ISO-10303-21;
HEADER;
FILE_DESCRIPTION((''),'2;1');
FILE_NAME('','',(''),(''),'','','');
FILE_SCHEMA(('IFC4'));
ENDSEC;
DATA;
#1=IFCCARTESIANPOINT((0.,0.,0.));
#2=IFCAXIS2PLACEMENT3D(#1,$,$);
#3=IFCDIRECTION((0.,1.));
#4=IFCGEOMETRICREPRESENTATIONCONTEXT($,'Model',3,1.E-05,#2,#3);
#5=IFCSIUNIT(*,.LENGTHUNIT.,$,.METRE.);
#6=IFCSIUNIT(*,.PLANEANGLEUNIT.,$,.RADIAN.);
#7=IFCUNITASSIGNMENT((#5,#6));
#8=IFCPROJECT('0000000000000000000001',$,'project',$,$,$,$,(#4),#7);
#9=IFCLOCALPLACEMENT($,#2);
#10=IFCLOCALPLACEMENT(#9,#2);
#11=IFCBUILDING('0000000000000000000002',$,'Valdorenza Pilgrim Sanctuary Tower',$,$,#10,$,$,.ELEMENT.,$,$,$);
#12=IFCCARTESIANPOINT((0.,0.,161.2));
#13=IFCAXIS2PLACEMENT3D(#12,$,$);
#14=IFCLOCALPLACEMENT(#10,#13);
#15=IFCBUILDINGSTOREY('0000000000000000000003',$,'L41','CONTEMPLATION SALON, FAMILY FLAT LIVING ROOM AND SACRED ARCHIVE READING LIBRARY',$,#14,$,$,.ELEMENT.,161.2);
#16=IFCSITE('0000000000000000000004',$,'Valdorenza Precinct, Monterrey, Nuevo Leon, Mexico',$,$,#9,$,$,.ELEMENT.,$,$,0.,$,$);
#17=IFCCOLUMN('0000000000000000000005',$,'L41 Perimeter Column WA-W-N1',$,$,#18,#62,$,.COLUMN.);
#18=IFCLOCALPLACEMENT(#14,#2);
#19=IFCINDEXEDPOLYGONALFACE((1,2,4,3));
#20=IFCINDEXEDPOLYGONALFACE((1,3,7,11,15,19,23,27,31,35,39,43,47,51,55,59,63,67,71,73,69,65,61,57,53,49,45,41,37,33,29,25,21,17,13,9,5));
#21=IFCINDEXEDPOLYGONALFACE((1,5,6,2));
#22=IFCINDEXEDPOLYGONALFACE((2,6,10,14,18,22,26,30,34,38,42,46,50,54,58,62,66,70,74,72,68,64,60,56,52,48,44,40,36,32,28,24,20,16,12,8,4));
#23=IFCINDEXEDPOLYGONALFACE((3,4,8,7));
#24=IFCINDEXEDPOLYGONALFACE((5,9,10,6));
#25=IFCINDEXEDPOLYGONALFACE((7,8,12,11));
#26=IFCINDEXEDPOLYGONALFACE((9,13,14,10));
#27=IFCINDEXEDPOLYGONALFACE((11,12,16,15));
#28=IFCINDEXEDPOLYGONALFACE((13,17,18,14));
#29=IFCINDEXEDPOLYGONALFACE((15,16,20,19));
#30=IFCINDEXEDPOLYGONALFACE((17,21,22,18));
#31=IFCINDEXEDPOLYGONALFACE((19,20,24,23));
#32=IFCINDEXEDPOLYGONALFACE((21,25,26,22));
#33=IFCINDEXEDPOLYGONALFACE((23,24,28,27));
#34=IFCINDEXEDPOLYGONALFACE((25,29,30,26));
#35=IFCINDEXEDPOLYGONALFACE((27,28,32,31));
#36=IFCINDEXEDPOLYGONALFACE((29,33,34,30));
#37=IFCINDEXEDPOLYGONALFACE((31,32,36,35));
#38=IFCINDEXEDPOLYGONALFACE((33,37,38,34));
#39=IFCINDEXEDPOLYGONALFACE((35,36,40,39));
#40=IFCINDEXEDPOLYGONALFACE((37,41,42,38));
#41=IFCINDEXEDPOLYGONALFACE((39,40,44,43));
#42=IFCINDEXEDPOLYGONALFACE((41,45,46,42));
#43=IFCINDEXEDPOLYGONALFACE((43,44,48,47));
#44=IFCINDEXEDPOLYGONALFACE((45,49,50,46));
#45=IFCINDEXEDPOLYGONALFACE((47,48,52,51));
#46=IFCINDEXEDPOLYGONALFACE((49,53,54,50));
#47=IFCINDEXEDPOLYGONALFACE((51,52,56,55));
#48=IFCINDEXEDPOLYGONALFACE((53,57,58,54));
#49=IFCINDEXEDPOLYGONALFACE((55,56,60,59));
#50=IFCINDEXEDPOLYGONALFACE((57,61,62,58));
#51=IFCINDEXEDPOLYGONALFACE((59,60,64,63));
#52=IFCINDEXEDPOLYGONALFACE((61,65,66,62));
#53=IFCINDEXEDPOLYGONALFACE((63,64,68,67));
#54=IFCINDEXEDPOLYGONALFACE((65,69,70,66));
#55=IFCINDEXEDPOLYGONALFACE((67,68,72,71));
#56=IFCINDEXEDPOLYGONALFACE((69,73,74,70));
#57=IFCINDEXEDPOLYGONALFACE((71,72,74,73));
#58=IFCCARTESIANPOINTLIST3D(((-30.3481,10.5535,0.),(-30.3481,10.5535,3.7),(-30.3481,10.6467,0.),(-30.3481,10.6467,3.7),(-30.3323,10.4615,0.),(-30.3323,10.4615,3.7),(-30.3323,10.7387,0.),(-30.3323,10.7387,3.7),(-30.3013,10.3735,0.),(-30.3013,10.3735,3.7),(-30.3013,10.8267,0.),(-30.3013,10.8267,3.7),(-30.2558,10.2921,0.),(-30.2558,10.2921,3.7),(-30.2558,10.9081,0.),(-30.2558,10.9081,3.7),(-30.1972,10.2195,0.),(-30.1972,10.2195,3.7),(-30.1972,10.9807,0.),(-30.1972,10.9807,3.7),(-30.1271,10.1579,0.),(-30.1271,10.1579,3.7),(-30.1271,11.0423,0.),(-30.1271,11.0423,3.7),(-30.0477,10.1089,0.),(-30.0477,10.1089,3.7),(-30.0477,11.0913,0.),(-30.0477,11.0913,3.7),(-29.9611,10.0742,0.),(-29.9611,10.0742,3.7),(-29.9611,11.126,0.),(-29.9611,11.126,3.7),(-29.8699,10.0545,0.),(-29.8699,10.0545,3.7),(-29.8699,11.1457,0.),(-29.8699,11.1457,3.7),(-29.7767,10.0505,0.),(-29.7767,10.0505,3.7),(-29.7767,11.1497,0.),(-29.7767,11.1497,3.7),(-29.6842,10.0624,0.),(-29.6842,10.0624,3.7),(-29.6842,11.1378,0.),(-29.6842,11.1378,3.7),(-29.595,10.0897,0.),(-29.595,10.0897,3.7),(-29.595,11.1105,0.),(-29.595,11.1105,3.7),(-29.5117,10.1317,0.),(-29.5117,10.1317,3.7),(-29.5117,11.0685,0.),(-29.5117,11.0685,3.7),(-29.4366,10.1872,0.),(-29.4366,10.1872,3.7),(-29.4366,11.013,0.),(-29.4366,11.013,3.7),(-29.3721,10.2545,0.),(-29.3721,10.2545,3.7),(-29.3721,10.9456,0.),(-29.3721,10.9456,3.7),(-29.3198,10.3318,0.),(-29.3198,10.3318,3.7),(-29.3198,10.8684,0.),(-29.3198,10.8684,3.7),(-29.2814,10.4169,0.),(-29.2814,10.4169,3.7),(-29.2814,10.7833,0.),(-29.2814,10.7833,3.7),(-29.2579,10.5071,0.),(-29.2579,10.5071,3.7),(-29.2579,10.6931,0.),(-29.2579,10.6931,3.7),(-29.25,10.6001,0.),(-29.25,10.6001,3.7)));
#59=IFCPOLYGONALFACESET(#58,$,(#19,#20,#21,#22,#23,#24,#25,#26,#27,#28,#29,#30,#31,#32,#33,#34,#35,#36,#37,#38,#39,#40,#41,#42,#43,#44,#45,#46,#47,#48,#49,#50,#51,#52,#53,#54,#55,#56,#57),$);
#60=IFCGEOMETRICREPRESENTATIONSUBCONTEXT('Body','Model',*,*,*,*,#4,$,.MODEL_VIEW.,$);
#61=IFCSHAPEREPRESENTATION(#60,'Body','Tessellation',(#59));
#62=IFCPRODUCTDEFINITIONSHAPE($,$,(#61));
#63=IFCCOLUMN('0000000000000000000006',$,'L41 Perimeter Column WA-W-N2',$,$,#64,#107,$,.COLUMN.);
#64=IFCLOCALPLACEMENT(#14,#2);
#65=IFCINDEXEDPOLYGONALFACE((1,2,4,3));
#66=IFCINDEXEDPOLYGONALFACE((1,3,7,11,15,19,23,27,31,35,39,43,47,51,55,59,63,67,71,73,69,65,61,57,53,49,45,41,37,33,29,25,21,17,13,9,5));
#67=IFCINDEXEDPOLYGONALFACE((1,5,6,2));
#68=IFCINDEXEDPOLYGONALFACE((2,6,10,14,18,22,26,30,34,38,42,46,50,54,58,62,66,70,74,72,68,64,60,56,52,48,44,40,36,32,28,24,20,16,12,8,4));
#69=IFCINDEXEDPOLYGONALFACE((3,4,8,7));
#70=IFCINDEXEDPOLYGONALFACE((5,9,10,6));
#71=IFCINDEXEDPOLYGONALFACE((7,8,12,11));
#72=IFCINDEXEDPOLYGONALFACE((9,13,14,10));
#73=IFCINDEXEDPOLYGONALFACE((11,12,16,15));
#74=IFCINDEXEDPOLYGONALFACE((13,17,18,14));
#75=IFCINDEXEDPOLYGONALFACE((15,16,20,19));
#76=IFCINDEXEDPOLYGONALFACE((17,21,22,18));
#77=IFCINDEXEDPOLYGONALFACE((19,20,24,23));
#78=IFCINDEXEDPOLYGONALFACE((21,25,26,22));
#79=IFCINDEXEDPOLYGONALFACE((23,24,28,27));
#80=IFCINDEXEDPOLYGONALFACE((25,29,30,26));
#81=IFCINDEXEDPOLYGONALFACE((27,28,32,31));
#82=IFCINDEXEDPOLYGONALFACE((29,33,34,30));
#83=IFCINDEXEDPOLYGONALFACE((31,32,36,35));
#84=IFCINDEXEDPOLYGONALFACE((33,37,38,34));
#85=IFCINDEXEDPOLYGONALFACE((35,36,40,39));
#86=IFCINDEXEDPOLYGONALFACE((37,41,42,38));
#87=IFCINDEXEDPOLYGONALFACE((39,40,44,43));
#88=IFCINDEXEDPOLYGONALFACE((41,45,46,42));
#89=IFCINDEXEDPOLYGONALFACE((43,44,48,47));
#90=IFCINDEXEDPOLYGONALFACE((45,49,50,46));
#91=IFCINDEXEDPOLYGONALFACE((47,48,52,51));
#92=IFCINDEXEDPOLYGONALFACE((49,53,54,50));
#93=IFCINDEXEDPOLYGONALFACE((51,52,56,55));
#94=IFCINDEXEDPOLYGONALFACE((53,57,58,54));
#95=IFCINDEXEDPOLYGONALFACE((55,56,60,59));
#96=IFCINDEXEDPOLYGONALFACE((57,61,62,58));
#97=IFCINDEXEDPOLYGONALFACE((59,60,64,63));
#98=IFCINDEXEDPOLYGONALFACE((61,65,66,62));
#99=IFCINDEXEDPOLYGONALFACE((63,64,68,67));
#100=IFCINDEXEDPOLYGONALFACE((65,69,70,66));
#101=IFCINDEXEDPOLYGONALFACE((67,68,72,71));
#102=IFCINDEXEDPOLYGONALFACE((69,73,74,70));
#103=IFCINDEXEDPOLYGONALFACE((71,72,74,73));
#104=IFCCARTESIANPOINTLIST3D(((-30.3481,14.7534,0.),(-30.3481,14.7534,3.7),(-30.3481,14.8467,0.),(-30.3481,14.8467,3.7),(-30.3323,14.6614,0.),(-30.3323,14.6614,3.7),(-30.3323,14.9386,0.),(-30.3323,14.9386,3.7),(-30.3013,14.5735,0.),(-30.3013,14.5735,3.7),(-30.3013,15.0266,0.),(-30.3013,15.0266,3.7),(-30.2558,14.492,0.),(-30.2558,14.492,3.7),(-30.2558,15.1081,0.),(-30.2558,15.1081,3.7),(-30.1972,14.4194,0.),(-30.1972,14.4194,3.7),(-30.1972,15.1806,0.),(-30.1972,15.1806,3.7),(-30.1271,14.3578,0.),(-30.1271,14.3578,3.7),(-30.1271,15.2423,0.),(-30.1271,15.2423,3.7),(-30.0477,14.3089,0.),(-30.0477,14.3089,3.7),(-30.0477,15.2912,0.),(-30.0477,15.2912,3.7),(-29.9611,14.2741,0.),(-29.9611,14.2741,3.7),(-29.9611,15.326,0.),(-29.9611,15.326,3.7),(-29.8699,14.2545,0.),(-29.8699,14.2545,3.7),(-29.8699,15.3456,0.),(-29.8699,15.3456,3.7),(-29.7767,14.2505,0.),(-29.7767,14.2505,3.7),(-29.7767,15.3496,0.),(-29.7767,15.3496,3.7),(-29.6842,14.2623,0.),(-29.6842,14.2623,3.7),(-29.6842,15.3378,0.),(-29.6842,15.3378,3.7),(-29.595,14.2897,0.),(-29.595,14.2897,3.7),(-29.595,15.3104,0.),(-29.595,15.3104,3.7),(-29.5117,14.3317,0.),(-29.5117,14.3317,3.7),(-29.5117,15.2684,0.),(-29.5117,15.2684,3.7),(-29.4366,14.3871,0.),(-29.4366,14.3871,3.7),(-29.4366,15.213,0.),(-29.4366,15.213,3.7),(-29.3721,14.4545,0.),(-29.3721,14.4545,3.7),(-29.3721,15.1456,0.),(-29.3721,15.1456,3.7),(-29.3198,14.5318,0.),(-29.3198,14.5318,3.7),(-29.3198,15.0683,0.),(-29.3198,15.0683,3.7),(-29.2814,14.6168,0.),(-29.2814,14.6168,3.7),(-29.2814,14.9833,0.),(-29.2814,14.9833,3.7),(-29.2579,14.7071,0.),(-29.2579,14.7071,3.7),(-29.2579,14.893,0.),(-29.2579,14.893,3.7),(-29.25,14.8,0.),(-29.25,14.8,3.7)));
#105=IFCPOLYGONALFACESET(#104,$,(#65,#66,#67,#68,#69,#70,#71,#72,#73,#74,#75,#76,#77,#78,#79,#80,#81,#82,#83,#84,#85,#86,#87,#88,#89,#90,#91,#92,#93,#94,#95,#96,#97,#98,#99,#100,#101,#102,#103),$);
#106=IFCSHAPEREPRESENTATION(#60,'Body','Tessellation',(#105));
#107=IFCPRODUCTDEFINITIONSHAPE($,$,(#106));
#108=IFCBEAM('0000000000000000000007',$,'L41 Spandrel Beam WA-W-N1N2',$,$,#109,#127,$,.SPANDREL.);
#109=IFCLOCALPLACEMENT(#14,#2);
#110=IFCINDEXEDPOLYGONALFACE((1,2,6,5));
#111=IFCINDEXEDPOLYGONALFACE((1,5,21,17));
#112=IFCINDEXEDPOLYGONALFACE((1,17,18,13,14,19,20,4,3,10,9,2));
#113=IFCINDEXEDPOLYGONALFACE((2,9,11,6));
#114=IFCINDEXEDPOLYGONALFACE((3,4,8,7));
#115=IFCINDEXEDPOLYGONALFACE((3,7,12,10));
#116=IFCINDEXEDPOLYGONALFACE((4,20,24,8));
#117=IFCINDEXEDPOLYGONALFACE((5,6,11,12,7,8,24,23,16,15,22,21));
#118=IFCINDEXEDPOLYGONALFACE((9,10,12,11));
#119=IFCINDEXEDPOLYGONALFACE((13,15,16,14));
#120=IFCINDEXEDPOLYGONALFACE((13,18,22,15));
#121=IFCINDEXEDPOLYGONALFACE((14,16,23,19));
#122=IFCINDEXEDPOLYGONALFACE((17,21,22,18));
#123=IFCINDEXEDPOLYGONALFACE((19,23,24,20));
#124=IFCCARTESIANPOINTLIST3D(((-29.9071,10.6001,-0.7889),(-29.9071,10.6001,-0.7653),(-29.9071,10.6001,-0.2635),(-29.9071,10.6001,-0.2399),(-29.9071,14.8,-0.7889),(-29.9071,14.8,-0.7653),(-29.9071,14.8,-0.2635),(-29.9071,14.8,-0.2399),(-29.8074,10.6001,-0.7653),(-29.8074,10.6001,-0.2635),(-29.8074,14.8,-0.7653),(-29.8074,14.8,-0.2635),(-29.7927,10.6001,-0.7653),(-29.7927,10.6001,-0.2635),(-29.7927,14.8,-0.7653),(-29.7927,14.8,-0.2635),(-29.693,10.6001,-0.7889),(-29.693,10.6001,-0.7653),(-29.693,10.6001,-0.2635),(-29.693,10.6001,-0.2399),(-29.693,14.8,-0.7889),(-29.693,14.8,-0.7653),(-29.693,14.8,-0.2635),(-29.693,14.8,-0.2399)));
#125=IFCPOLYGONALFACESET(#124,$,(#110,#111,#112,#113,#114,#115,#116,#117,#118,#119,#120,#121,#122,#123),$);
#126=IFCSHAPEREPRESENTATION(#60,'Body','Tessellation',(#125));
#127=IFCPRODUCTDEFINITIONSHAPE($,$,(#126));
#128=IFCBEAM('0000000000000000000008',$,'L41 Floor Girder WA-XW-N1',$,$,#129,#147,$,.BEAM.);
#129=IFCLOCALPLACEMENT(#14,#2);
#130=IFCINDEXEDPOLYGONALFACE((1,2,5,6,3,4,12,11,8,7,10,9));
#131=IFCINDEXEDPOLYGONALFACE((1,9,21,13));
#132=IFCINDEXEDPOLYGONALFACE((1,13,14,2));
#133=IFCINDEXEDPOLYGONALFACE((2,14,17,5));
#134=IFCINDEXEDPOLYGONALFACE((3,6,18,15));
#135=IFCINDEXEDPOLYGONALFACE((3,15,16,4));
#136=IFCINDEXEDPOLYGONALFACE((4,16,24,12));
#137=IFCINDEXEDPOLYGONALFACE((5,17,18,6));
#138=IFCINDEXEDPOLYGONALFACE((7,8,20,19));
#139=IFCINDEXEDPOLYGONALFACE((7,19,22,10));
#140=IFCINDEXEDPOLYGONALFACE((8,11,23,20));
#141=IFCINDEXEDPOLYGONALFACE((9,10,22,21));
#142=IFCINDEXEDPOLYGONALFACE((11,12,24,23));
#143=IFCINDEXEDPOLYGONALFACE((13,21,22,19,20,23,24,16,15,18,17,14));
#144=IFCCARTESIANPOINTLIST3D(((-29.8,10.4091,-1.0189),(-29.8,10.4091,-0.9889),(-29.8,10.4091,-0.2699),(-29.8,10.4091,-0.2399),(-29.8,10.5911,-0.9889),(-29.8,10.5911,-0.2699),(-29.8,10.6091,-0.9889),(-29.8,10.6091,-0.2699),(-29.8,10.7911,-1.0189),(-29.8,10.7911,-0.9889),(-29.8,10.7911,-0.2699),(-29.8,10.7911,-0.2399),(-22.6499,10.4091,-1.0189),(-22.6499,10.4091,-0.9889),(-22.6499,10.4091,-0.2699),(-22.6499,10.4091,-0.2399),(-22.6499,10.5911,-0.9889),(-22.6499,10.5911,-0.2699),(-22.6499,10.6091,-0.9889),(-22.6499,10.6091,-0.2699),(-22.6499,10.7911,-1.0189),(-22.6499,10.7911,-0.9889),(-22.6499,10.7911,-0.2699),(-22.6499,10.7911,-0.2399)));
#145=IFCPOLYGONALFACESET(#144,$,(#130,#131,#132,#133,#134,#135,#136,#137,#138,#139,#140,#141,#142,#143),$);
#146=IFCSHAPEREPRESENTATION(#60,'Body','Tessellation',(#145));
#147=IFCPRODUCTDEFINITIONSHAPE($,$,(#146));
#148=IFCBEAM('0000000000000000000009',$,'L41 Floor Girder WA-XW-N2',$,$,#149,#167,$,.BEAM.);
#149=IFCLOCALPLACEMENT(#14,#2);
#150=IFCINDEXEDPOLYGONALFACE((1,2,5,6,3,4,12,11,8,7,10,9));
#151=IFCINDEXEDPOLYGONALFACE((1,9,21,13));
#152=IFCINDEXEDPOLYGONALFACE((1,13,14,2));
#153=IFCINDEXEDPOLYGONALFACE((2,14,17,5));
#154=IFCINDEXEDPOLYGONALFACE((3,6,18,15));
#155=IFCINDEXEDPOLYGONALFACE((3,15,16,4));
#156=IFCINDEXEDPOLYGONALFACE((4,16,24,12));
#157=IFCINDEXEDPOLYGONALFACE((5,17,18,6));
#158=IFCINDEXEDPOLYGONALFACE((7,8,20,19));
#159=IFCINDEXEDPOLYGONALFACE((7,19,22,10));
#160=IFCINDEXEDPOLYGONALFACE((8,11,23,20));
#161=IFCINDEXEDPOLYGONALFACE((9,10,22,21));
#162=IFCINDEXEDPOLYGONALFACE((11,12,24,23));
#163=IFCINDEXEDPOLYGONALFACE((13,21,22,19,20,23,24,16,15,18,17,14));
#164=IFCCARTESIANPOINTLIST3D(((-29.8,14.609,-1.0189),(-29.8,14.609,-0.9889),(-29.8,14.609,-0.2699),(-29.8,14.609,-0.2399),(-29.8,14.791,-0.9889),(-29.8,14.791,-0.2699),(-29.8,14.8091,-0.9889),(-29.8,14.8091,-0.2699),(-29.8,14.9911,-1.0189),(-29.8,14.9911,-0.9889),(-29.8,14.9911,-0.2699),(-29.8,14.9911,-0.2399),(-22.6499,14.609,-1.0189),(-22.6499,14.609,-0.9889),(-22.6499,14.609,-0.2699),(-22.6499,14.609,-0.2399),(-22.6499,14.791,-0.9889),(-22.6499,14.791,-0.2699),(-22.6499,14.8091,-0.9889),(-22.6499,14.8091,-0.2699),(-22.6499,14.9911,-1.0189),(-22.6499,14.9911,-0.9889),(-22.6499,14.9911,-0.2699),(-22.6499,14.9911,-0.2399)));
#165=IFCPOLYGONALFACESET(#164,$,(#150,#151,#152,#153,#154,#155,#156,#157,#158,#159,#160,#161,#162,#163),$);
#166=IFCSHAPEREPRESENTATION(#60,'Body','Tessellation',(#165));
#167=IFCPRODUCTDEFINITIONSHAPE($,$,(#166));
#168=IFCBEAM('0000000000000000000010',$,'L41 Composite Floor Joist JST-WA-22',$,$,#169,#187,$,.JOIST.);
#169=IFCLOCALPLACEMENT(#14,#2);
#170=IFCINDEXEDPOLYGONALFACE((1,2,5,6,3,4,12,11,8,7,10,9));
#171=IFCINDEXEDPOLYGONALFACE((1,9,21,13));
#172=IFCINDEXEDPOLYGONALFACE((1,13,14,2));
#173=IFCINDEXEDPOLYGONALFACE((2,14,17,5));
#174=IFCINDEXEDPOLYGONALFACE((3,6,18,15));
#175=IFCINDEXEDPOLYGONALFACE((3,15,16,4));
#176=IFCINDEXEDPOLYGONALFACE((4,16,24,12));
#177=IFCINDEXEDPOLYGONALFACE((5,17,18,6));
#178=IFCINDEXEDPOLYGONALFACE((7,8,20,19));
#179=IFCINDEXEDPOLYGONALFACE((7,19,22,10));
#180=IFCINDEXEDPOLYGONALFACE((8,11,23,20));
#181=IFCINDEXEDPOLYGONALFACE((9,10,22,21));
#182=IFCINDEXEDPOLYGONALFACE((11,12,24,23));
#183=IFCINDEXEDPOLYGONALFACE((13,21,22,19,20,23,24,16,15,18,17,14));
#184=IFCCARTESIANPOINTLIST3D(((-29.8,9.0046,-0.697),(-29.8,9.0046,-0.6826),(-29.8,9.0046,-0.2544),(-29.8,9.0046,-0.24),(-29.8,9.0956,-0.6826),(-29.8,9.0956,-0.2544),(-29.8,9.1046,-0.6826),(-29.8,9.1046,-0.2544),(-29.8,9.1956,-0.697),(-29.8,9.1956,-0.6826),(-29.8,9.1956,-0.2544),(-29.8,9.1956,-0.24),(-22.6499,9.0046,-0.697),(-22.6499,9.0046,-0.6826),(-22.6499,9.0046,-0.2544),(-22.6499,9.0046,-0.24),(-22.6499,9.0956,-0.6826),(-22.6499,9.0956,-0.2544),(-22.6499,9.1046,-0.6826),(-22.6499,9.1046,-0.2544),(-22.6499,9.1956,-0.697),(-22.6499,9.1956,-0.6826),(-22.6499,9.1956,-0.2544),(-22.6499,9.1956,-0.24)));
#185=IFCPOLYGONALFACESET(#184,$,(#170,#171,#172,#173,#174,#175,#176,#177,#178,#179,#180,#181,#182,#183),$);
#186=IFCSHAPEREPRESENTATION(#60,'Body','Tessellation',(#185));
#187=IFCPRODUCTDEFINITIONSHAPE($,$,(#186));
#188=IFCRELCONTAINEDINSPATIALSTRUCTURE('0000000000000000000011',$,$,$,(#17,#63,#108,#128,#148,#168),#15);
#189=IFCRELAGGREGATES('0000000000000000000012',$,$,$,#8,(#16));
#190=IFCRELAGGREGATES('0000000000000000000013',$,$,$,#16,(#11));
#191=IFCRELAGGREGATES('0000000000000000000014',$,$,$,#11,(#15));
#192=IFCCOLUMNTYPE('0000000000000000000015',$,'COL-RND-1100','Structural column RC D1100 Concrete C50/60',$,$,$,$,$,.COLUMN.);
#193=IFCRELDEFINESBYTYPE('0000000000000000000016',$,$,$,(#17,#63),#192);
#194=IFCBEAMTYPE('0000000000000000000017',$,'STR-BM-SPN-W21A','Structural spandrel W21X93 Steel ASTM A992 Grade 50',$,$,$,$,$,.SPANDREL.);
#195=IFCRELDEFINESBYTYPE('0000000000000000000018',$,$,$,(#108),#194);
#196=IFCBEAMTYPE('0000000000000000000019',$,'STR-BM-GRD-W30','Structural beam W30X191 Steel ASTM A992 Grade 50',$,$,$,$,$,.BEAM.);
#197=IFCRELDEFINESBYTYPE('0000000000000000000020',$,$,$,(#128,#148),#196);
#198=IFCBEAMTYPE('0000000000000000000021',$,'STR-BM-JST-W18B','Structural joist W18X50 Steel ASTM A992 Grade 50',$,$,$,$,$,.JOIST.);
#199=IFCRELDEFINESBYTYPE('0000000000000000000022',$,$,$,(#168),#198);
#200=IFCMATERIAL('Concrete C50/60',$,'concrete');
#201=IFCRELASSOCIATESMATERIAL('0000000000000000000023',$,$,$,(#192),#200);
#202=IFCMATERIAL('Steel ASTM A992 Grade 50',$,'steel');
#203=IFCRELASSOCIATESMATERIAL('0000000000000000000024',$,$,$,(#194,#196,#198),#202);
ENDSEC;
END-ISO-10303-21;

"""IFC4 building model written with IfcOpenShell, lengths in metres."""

from ifc_helpers import new_model, si_unit, direction, frame, origin, origin_2d, place, context, subcontext, project, spatial, circle, i_section, extrude, source, transform, mapped, material, material_profile, profile_set, type_object, element, save


model = new_model("IFC4")

# Units and contexts
model_context = context("Model", 3, precision=1e-05, world=origin(), true_north=direction((0.0, 1.0)))
body_context = subcontext(model_context, "Body", "Model", "MODEL_VIEW")
ifc_project = project(units=[si_unit("LENGTHUNIT", "METRE"), si_unit("PLANEANGLEUNIT", "RADIAN")], contexts=[model_context])

# Site, building, storey
site_placement = place(None, origin())
site = spatial("IfcSite", under=ifc_project, at=site_placement, Name="Valdorenza Precinct, Monterrey, Nuevo Leon, Mexico", CompositionType="ELEMENT", RefElevation=0.0)
building_placement = place(site_placement, origin())
building = spatial("IfcBuilding", under=site, at=building_placement, Name="Valdorenza Pilgrim Sanctuary Tower", CompositionType="ELEMENT")
storey_placement = place(building_placement, frame((0.0, 0.0, 161.2)))
storey = spatial("IfcBuildingStorey", under=building, at=storey_placement, Name="L41", Description="CONTEMPLATION SALON, FAMILY FLAT LIVING ROOM AND SACRED ARCHIVE READING LIBRARY", CompositionType="ELEMENT", Elevation=161.2)

# Columns
ifc_material_1 = material(Name="Concrete C50/60", Category="concrete")
ifc_material_profile_1 = material_profile(ifc_material_1, circle(Radius=0.55, at=origin_2d()), Name="RC D1100")
ifc_profile_set_1 = profile_set([ifc_material_profile_1], Name="Concrete C50/60")
column_type = type_object("IfcColumnType", Name="COL-RND-1100", Description="Structural column RC D1100 Concrete C50/60", PredefinedType="COLUMN", material=ifc_profile_set_1)
shared_shape_1 = source(origin(), body_context, "Body", "SweptSolid", [
    extrude(circle(Radius=0.55, at=origin_2d()), origin(), (0.0, 0.0, 1.0), 3.7),
])
for number, where, z_axis, x_axis, name in (
    (1, (-29.8, 10.6001, 0.0), (0.0, 0.0, 1.0), (1.0, 0.0, 0.0), "L41 Perimeter Column WA-W-N1"),
    (2, (-29.8, 14.8, 0.0), (0.0, 0.0, 1.0), (1.0, 0.0, 0.0), "L41 Perimeter Column WA-W-N2"),
):
    element("IfcColumn", number, at=place(storey_placement, frame(where, z_axis=z_axis, x_axis=x_axis)), inside=storey, type_object=column_type, Name=name, PredefinedType="COLUMN", context=body_context, shape_type="MappedRepresentation", body=[
        mapped(shared_shape_1, transform((0.0, 0.0, 0.0), x_axis=(1.0, 0.0, 0.0), y_axis=(0.0, 1.0, 0.0), z_axis=(0.0, 0.0, 1.0), scale=1.0)),
    ])

# Beams
ifc_material_2 = material(Name="Steel ASTM A992 Grade 50", Category="steel")
ifc_material_profile_2 = material_profile(ifc_material_2, i_section(OverallWidth=0.2141, OverallDepth=0.5491, WebThickness=0.0146, FlangeThickness=0.0237, at=origin_2d()), Name="W21X93")
ifc_profile_set_2 = profile_set([ifc_material_profile_2], Name="Steel ASTM A992 Grade 50")
beam_type_1 = type_object("IfcBeamType", Name="STR-BM-SPN-W21A", Description="Structural spandrel W21X93 Steel ASTM A992 Grade 50", PredefinedType="SPANDREL", material=ifc_profile_set_2)
shared_shape_2 = source(origin(), body_context, "Body", "SweptSolid", [
    extrude(i_section(OverallWidth=0.2141, OverallDepth=0.5491, WebThickness=0.0146, FlangeThickness=0.0237, at=origin_2d()), origin(), (0.0, 0.0, 1.0), 4.2),
])
beam_placement = place(storey_placement, frame((-29.8, 10.6001, -0.5144), z_axis=(0.0, 1.0, 0.0), x_axis=(-1.0, 0.0, 0.0)))
element("IfcBeam", 3, at=beam_placement, inside=storey, type_object=beam_type_1, Name="L41 Spandrel Beam WA-W-N1N2", PredefinedType="SPANDREL", context=body_context, shape_type="MappedRepresentation", body=[
    mapped(shared_shape_2, transform((0.0, 0.0, 0.0), x_axis=(1.0, 0.0, 0.0), y_axis=(0.0, 1.0, 0.0), z_axis=(0.0, 0.0, 1.0), scale=1.0)),
])
ifc_material_profile_3 = material_profile(ifc_material_2, i_section(OverallWidth=0.3821, OverallDepth=0.7791, WebThickness=0.0181, FlangeThickness=0.03, at=origin_2d()), Name="W30X191")
ifc_profile_set_3 = profile_set([ifc_material_profile_3], Name="Steel ASTM A992 Grade 50")
beam_type_2 = type_object("IfcBeamType", Name="STR-BM-GRD-W30", Description="Structural beam W30X191 Steel ASTM A992 Grade 50", PredefinedType="BEAM", material=ifc_profile_set_3)
shared_shape_3 = source(origin(), body_context, "Body", "SweptSolid", [
    extrude(i_section(OverallWidth=0.3821, OverallDepth=0.7791, WebThickness=0.0181, FlangeThickness=0.03, at=origin_2d()), origin(), (0.0, 0.0, 1.0), 7.1501),
])
for number, where, z_axis, x_axis, name in (
    (4, (-29.8, 10.6001, -0.6294), (1.0, 0.0, 0.0), (0.0, 1.0, 0.0), "L41 Floor Girder WA-XW-N1"),
    (5, (-29.8, 14.8, -0.6294), (1.0, 0.0, 0.0), (0.0, 1.0, 0.0), "L41 Floor Girder WA-XW-N2"),
):
    element("IfcBeam", number, at=place(storey_placement, frame(where, z_axis=z_axis, x_axis=x_axis)), inside=storey, type_object=beam_type_2, Name=name, PredefinedType="BEAM", context=body_context, shape_type="MappedRepresentation", body=[
        mapped(shared_shape_3, transform((0.0, 0.0, 0.0), x_axis=(1.0, 0.0, 0.0), y_axis=(0.0, 1.0, 0.0), z_axis=(0.0, 0.0, 1.0), scale=1.0)),
    ])
ifc_material_profile_4 = material_profile(ifc_material_2, i_section(OverallWidth=0.1909, OverallDepth=0.457, WebThickness=0.009, FlangeThickness=0.0144, at=origin_2d()), Name="W18X50")
ifc_profile_set_4 = profile_set([ifc_material_profile_4], Name="Steel ASTM A992 Grade 50")
beam_type_3 = type_object("IfcBeamType", Name="STR-BM-JST-W18B", Description="Structural joist W18X50 Steel ASTM A992 Grade 50", PredefinedType="JOIST", material=ifc_profile_set_4)
shared_shape_4 = source(origin(), body_context, "Body", "SweptSolid", [
    extrude(i_section(OverallWidth=0.1909, OverallDepth=0.457, WebThickness=0.009, FlangeThickness=0.0144, at=origin_2d()), origin(), (0.0, 0.0, 1.0), 7.1501),
])
for number, where, z_axis, x_axis, name in (
    (6, (-29.8, 9.1001, -0.4685), (1.0, 0.0, 0.0), (0.0, 1.0, 0.0), "L41 Composite Floor Joist JST-WA-22"),
):
    element("IfcBeam", number, at=place(storey_placement, frame(where, z_axis=z_axis, x_axis=x_axis)), inside=storey, type_object=beam_type_3, Name=name, PredefinedType="JOIST", context=body_context, shape_type="MappedRepresentation", body=[
        mapped(shared_shape_4, transform((0.0, 0.0, 0.0), x_axis=(1.0, 0.0, 0.0), y_axis=(0.0, 1.0, 0.0), z_axis=(0.0, 0.0, 1.0), scale=1.0)),
    ])

save(model, "model.ifc")
